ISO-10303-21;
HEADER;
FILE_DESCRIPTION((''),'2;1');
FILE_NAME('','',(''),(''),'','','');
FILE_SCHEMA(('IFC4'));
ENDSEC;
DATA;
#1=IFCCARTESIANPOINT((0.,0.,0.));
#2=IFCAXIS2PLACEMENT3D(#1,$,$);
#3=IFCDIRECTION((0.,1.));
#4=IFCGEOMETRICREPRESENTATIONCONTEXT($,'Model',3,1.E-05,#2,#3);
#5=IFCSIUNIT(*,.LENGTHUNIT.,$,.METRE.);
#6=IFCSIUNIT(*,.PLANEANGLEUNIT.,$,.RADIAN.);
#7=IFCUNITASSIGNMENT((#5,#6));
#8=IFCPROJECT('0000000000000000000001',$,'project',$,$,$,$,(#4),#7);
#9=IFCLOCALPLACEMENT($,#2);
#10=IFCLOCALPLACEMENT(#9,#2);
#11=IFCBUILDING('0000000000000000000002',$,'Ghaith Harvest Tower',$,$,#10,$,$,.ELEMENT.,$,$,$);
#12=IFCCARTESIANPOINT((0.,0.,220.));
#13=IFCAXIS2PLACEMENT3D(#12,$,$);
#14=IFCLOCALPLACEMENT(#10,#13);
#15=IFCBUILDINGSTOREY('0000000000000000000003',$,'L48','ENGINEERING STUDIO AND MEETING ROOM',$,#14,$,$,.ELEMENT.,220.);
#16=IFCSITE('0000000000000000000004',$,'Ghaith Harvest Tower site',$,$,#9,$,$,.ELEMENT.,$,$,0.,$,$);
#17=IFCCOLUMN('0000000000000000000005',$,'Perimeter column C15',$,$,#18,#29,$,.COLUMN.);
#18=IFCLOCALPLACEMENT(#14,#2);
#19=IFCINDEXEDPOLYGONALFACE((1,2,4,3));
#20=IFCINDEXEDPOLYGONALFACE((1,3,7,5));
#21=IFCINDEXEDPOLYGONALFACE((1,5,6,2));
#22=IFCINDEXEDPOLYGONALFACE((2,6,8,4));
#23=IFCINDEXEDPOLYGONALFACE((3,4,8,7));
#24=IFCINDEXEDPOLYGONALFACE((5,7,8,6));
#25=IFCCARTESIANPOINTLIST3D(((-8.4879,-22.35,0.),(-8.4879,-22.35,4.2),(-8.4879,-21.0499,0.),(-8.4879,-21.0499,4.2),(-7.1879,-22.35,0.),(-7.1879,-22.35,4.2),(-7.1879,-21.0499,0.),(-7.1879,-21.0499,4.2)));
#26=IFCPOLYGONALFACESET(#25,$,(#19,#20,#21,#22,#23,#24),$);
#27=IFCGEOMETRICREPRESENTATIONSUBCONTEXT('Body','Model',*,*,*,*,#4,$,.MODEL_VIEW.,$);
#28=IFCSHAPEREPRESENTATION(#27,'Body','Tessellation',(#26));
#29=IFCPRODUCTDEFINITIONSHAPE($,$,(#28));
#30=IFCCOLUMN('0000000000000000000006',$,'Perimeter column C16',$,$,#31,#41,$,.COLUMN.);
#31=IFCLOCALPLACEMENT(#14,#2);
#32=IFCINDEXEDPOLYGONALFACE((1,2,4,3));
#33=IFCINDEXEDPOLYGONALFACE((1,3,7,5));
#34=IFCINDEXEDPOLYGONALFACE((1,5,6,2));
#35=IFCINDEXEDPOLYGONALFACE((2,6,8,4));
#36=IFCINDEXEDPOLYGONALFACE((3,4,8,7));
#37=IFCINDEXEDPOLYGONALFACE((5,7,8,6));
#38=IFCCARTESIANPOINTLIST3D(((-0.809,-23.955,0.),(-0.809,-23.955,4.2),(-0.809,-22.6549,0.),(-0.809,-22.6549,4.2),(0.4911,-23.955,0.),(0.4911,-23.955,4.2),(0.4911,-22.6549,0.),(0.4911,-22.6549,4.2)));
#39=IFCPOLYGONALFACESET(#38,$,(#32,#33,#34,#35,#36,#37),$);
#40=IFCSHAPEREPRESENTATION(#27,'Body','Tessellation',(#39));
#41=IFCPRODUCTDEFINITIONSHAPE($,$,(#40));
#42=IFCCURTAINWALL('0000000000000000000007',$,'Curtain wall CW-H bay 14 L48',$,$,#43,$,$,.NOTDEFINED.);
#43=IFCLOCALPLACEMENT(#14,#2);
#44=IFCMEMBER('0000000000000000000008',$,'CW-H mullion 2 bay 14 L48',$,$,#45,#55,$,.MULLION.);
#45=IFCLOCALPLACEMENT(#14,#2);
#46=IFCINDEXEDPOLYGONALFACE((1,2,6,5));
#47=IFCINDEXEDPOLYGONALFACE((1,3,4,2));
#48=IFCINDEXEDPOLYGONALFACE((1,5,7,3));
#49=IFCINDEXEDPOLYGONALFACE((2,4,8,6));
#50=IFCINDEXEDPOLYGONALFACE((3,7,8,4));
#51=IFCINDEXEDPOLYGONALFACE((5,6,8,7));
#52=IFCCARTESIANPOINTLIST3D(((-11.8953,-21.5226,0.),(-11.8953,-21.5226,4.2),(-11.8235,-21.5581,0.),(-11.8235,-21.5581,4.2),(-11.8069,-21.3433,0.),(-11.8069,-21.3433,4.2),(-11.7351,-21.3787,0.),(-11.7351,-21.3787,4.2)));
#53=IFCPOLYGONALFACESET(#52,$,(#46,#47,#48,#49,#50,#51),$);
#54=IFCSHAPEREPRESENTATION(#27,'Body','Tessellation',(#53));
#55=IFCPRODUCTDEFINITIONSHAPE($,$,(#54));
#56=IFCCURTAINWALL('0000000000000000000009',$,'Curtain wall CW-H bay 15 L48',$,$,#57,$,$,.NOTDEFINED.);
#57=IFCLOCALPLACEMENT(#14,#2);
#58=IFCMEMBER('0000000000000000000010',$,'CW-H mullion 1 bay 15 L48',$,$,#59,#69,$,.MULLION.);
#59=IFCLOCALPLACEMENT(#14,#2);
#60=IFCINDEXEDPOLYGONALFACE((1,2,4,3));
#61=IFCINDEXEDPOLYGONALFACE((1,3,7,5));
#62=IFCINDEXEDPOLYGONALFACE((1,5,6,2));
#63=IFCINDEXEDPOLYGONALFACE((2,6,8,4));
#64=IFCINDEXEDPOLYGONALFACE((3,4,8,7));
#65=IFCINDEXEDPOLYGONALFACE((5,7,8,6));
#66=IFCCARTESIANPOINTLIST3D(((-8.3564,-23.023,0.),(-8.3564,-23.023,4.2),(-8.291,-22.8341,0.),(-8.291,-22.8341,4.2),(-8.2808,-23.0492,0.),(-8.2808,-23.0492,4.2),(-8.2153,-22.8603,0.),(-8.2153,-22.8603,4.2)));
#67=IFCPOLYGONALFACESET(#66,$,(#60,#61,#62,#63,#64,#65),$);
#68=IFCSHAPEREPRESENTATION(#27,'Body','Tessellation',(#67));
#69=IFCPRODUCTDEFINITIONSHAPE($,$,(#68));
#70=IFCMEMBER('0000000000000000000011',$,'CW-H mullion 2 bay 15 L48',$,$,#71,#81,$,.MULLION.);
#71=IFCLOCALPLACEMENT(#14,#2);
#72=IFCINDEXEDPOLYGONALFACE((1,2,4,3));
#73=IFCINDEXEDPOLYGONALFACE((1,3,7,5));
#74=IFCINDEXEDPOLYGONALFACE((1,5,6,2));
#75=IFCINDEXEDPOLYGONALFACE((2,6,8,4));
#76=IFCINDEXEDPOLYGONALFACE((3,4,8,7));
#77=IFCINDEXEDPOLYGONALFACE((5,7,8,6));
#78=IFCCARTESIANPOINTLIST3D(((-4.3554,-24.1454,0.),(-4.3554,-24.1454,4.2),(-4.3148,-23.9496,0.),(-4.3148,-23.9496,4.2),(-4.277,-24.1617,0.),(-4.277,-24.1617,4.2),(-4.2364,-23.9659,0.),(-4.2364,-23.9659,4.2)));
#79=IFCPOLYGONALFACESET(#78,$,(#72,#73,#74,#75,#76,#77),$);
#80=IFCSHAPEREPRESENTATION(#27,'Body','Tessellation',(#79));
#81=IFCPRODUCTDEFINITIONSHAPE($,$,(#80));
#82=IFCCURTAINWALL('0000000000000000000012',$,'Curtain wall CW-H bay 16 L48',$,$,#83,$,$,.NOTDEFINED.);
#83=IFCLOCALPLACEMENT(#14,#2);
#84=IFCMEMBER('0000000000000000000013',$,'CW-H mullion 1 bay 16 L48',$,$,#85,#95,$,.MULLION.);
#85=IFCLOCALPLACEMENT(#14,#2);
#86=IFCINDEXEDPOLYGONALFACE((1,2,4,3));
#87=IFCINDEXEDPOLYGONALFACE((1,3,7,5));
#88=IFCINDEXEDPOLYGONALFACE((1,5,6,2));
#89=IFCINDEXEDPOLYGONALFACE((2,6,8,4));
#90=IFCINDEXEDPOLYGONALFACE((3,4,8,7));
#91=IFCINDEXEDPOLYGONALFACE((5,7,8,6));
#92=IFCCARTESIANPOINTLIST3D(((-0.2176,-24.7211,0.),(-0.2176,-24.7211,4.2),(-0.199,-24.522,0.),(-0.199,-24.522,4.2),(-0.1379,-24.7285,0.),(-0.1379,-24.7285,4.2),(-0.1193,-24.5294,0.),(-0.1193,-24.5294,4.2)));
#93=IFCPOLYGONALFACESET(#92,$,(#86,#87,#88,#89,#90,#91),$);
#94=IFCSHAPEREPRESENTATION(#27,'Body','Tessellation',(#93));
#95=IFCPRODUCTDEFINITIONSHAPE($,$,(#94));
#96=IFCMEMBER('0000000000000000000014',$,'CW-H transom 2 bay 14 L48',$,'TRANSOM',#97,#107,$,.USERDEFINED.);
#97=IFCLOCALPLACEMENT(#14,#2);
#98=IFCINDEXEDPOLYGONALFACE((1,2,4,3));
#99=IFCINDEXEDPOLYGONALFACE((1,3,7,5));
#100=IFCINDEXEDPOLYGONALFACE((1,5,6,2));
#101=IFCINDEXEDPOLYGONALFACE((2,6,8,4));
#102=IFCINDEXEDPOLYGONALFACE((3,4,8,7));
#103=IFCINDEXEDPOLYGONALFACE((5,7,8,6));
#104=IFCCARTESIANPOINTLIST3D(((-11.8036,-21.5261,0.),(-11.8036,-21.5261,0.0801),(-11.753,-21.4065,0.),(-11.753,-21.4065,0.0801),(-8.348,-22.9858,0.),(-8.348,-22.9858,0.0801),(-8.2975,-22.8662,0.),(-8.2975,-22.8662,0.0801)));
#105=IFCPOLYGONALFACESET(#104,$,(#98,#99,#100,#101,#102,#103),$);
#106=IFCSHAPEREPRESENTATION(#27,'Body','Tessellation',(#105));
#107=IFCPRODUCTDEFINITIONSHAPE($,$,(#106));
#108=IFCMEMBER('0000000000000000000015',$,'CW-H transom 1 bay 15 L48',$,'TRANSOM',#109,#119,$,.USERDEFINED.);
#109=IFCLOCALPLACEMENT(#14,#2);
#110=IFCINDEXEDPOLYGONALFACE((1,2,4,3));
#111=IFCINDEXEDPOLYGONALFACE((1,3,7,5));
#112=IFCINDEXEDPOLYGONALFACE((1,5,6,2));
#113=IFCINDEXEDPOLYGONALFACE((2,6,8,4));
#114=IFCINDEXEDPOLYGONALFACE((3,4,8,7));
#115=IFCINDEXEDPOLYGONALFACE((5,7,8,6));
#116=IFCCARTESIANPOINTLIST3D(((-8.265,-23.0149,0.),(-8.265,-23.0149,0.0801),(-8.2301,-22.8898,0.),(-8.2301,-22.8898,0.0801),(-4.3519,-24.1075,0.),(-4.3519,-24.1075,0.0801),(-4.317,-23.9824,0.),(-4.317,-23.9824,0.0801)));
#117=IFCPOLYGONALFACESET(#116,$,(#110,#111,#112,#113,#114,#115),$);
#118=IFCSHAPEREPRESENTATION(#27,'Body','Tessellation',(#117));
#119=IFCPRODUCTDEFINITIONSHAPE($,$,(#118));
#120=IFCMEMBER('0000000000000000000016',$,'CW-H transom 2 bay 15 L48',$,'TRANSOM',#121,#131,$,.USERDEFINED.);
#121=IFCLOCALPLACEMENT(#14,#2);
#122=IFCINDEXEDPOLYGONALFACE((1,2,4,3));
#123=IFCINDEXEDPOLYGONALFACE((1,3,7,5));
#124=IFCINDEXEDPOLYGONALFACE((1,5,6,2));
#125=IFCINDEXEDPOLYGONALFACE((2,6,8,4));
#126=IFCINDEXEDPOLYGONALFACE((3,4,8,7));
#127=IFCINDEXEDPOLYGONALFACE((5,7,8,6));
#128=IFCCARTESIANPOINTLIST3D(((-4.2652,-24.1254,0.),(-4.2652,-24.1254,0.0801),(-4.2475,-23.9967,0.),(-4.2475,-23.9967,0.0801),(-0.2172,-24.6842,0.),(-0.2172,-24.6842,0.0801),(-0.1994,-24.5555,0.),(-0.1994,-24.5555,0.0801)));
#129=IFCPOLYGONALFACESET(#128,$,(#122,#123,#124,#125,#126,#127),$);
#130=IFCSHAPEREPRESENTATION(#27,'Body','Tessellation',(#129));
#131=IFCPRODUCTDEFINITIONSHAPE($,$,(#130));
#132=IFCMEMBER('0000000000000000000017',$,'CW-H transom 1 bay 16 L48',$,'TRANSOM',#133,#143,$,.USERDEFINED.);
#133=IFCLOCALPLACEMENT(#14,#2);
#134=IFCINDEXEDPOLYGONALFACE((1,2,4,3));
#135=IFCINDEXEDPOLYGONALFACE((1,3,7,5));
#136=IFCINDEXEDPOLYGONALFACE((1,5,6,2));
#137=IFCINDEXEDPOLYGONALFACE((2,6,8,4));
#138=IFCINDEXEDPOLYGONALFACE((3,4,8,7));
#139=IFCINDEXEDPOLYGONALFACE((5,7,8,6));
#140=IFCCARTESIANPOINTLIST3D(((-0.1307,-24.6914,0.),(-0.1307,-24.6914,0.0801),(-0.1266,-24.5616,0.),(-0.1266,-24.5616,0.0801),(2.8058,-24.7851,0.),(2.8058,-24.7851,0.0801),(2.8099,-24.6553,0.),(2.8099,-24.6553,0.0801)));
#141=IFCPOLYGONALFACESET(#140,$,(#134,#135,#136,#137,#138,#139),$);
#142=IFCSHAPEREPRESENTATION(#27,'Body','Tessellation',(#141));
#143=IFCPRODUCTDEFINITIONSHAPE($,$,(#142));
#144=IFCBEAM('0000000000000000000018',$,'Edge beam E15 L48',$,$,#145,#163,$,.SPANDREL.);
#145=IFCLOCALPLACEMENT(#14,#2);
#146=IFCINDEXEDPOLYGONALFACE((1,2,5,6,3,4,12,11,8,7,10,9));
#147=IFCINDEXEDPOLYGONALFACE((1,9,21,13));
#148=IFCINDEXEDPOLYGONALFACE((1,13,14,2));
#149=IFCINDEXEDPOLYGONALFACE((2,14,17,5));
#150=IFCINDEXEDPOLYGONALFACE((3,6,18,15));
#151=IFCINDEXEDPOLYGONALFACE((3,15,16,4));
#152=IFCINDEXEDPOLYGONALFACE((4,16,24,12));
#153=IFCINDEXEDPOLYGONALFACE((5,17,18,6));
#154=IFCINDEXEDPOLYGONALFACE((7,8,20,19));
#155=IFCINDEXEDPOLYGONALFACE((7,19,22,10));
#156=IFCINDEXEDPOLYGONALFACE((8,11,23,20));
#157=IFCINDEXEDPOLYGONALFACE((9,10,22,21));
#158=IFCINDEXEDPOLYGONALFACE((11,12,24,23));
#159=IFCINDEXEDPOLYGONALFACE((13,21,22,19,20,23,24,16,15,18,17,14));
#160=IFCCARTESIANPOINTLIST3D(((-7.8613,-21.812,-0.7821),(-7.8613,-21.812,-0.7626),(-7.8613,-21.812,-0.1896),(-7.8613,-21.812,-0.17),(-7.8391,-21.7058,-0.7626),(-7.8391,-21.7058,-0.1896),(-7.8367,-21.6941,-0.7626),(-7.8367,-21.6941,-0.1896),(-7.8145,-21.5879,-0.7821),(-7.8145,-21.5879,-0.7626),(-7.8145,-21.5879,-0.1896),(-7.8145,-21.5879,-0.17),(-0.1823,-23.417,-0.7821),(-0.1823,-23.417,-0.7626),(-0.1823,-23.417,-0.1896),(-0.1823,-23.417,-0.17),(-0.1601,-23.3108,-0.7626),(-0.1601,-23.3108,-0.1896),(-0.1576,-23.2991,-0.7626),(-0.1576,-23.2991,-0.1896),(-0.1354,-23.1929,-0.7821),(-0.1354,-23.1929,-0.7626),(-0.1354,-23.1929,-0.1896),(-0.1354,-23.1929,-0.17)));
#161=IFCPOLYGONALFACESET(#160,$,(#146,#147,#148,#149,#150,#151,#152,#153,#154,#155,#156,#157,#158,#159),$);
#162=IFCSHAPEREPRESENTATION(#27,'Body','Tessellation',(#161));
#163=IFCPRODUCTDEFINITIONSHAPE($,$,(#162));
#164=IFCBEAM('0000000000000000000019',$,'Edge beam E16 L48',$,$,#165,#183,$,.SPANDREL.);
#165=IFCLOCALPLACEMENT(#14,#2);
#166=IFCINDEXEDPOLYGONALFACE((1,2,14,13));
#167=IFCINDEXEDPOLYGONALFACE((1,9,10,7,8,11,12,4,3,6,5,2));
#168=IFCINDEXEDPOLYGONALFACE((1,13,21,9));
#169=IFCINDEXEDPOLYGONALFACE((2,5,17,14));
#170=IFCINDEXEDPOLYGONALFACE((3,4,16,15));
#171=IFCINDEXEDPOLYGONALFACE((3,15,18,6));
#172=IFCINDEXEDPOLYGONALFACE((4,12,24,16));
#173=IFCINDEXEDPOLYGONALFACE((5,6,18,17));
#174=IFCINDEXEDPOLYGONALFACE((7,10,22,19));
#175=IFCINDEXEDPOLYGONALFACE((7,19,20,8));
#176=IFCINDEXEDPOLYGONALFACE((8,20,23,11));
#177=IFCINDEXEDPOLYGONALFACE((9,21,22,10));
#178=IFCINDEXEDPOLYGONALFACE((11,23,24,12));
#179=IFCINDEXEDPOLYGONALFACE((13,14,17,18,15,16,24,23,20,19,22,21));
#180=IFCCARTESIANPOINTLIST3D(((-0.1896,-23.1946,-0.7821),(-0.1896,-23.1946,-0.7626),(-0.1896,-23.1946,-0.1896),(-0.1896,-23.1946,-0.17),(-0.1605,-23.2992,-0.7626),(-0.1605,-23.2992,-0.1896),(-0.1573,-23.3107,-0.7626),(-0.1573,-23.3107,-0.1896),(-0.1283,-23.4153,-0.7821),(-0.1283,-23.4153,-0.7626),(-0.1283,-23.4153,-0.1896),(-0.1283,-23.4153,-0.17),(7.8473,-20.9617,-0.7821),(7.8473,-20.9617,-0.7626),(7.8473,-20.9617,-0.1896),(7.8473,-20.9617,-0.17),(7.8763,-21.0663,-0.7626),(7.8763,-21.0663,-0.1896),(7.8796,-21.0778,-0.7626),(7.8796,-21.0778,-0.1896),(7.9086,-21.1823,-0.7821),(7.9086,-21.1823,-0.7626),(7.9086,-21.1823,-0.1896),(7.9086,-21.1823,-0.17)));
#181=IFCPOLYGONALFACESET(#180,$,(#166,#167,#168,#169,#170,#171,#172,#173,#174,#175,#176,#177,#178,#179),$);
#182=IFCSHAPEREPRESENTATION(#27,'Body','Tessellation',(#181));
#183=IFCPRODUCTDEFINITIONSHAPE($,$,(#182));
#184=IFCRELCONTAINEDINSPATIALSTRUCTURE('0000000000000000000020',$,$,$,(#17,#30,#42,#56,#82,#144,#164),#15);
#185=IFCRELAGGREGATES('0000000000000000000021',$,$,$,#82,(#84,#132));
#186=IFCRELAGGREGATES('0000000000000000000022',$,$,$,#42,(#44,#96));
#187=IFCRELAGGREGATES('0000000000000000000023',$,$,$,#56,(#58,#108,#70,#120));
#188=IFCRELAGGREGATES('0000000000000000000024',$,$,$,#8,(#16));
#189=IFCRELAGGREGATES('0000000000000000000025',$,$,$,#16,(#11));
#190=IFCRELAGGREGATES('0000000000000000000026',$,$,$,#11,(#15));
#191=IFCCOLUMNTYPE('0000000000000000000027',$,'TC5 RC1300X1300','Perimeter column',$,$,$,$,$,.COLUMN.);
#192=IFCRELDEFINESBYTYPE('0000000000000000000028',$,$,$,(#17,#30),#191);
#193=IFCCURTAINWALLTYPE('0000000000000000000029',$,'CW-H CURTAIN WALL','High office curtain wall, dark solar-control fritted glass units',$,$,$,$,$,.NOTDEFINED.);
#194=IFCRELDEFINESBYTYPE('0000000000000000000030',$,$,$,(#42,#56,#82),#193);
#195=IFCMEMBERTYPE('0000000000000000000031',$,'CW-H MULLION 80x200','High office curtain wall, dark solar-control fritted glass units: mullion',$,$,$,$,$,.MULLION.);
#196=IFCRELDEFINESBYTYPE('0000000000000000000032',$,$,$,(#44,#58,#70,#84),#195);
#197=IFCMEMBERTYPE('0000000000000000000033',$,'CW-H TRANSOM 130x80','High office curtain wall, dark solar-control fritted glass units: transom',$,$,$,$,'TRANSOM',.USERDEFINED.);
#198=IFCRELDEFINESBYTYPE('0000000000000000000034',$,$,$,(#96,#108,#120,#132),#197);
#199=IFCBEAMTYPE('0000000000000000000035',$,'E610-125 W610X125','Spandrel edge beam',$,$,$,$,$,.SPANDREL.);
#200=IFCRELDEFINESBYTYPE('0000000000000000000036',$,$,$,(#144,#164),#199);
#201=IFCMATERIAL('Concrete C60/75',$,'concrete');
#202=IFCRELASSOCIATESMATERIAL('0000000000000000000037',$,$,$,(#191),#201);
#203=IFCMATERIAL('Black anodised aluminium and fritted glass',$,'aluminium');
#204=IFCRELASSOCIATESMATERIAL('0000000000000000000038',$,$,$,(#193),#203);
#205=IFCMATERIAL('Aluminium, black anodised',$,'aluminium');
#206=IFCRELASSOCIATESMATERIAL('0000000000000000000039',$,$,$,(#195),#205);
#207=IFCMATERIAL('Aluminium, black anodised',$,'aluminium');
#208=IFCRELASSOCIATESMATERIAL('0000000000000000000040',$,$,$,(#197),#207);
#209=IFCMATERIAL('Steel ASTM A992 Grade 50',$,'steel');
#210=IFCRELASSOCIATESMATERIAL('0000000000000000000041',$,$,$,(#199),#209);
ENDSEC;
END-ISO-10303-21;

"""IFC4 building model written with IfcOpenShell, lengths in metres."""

from ifc_helpers import new_model, si_unit, direction, frame, origin, origin_2d, place, context, subcontext, project, spatial, rectangle, i_section, extrude, material, material_profile, profile_set, type_object, element, aggregate, save


model = new_model("IFC4")

# Units and contexts
model_context = context("Model", 3, precision=1e-05, world=origin(), true_north=direction((0.0, 1.0)))
body_context = subcontext(model_context, "Body", "Model", "MODEL_VIEW")
ifc_project = project(units=[si_unit("LENGTHUNIT", "METRE"), si_unit("PLANEANGLEUNIT", "RADIAN")], contexts=[model_context])

# Site, building, storey
site_placement = place(None, origin())
site = spatial("IfcSite", under=ifc_project, at=site_placement, Name="Ghaith Harvest Tower site", CompositionType="ELEMENT", RefElevation=0.0)
building_placement = place(site_placement, origin())
building = spatial("IfcBuilding", under=site, at=building_placement, Name="Ghaith Harvest Tower", CompositionType="ELEMENT")
storey_placement = place(building_placement, frame((0.0, 0.0, 220.0)))
storey = spatial("IfcBuildingStorey", under=building, at=storey_placement, Name="L48", Description="ENGINEERING STUDIO AND MEETING ROOM", CompositionType="ELEMENT", Elevation=220.0)

# Columns
ifc_material_1 = material(Name="Concrete C60/75", Category="concrete")
ifc_material_profile_1 = material_profile(ifc_material_1, rectangle(XDim=1.3, YDim=1.3, at=origin_2d()), Name="RC1300X1300")
ifc_profile_set_1 = profile_set([ifc_material_profile_1], Name="Concrete C60/75")
column_type = type_object("IfcColumnType", Name="TC5 RC1300X1300", Description="Perimeter column", PredefinedType="COLUMN", material=ifc_profile_set_1)
for number, where, z_axis, x_axis, name in (
    (1, (-7.8379, -21.7, 0.0), (0.0, 0.0, 1.0), (1.0, 0.0, 0.0), "Perimeter column C15"),
    (2, (-0.1589, -23.3049, 0.0), (0.0, 0.0, 1.0), (1.0, 0.0, 0.0), "Perimeter column C16"),
):
    element("IfcColumn", number, at=place(storey_placement, frame(where, z_axis=z_axis, x_axis=x_axis)), inside=storey, type_object=column_type, Name=name, PredefinedType="COLUMN", context=body_context, shape_type="SweptSolid", body=[
        extrude(rectangle(XDim=1.3, YDim=1.3, at=origin_2d()), origin(), (0.0, 0.0, 1.0), 4.2),
    ])

# Curtain wall, member
ifc_material_2 = material(Name="Black anodised aluminium and fritted glass", Category="aluminium")
curtain_wall_type = type_object("IfcCurtainWallType", Name="CW-H CURTAIN WALL", Description="High office curtain wall, dark solar-control fritted glass units", PredefinedType="NOTDEFINED", material=ifc_material_2)
curtain_wall_1_placement = place(storey_placement, origin())
curtain_wall_1 = element("IfcCurtainWall", 3, at=curtain_wall_1_placement, inside=storey, type_object=curtain_wall_type, Name="Curtain wall CW-H bay 14 L48", PredefinedType="NOTDEFINED")
ifc_material_3 = material(Name="Aluminium, black anodised", Category="aluminium")
ifc_material_profile_2 = material_profile(ifc_material_3, rectangle(XDim=0.0801, YDim=0.2, at=origin_2d()), Name="CW-H MULLION 80x200")
ifc_profile_set_2 = profile_set([ifc_material_profile_2], Name="Aluminium, black anodised")
member_type_1 = type_object("IfcMemberType", Name="CW-H MULLION 80x200", Description="High office curtain wall, dark solar-control fritted glass units: mullion", PredefinedType="MULLION", material=ifc_profile_set_2)
member_1_placement = place(storey_placement, frame((-11.8152, -21.4507, 0.0), z_axis=(0.0, 0.0, 1.0), x_axis=(0.896853, -0.442329, 0.0)))
member_1 = element("IfcMember", 4, at=member_1_placement, type_object=member_type_1, Name="CW-H mullion 2 bay 14 L48", PredefinedType="MULLION", context=body_context, shape_type="SweptSolid", body=[
    extrude(rectangle(XDim=0.0801, YDim=0.2, at=origin_2d()), origin(), (0.0, 0.0, 1.0), 4.2),
])

# Curtain wall, members
curtain_wall_2_placement = place(storey_placement, origin())
curtain_wall_2 = element("IfcCurtainWall", 5, at=curtain_wall_2_placement, inside=storey, type_object=curtain_wall_type, Name="Curtain wall CW-H bay 15 L48", PredefinedType="NOTDEFINED")
member_2_placement = place(storey_placement, frame((-8.2859, -22.9417, 0.0), z_axis=(0.0, 0.0, 1.0), x_axis=(0.944906, -0.327342, 0.0)))
member_2 = element("IfcMember", 6, at=member_2_placement, type_object=member_type_1, Name="CW-H mullion 1 bay 15 L48", PredefinedType="MULLION", context=body_context, shape_type="SweptSolid", body=[
    extrude(rectangle(XDim=0.0801, YDim=0.2, at=origin_2d()), origin(), (0.0, 0.0, 1.0), 4.2),
])
member_3_placement = place(storey_placement, frame((-4.2959, -24.0557, 0.0), z_axis=(0.0, 0.0, 1.0), x_axis=(0.979161, -0.203084, 0.0)))
member_3 = element("IfcMember", 7, at=member_3_placement, type_object=member_type_1, Name="CW-H mullion 2 bay 15 L48", PredefinedType="MULLION", context=body_context, shape_type="SweptSolid", body=[
    extrude(rectangle(XDim=0.0801, YDim=0.2, at=origin_2d()), origin(), (0.0, 0.0, 1.0), 4.2),
])

# Curtain wall, member
curtain_wall_3_placement = place(storey_placement, origin())
curtain_wall_3 = element("IfcCurtainWall", 8, at=curtain_wall_3_placement, inside=storey, type_object=curtain_wall_type, Name="Curtain wall CW-H bay 16 L48", PredefinedType="NOTDEFINED")
member_4_placement = place(storey_placement, frame((-0.1685, -24.6252, 0.0), z_axis=(0.0, 0.0, 1.0), x_axis=(0.995685, -0.092802, 0.0)))
member_4 = element("IfcMember", 9, at=member_4_placement, type_object=member_type_1, Name="CW-H mullion 1 bay 16 L48", PredefinedType="MULLION", context=body_context, shape_type="SweptSolid", body=[
    extrude(rectangle(XDim=0.0801, YDim=0.2, at=origin_2d()), origin(), (0.0, 0.0, 1.0), 4.2),
])

# Members
ifc_material_4 = material(Name="Aluminium, black anodised", Category="aluminium")
ifc_material_profile_3 = material_profile(ifc_material_4, rectangle(XDim=0.1299, YDim=0.0801, at=origin_2d()), Name="CW-H TRANSOM 130x80")
ifc_profile_set_3 = profile_set([ifc_material_profile_3], Name="Aluminium, black anodised")
member_type_2 = type_object("IfcMemberType", Name="CW-H TRANSOM 130x80", Description="High office curtain wall, dark solar-control fritted glass units: transom", ElementType="TRANSOM", PredefinedType="USERDEFINED", material=ifc_profile_set_3)
member_5_placement = place(storey_placement, frame((-11.7783, -21.4663, 0.04), z_axis=(0.921183, -0.38913, 0.0), x_axis=(0.38913, 0.921183, 0.0)))
member_5 = element("IfcMember", 10, at=member_5_placement, type_object=member_type_2, Name="CW-H transom 2 bay 14 L48", ObjectType="TRANSOM", PredefinedType="USERDEFINED", context=body_context, shape_type="SweptSolid", body=[
    extrude(rectangle(XDim=0.1299, YDim=0.0801, at=origin_2d()), origin(), (0.0, 0.0, 1.0), 3.7512),
])
member_6_placement = place(storey_placement, frame((-8.2476, -22.9524, 0.04), z_axis=(0.963164, -0.268914, 0.0), x_axis=(0.268914, 0.963164, 0.0)))
member_6 = element("IfcMember", 11, at=member_6_placement, type_object=member_type_2, Name="CW-H transom 1 bay 15 L48", ObjectType="TRANSOM", PredefinedType="USERDEFINED", context=body_context, shape_type="SweptSolid", body=[
    extrude(rectangle(XDim=0.1299, YDim=0.0801, at=origin_2d()), origin(), (0.0, 0.0, 1.0), 4.0627),
])
member_7_placement = place(storey_placement, frame((-4.2563, -24.061, 0.04), z_axis=(0.990605, -0.136753, 0.0), x_axis=(0.136753, 0.990605, 0.0)))
member_7 = element("IfcMember", 12, at=member_7_placement, type_object=member_type_2, Name="CW-H transom 2 bay 15 L48", ObjectType="TRANSOM", PredefinedType="USERDEFINED", context=body_context, shape_type="SweptSolid", body=[
    extrude(rectangle(XDim=0.1299, YDim=0.0801, at=origin_2d()), origin(), (0.0, 0.0, 1.0), 4.0864),
])
member_8_placement = place(storey_placement, frame((-0.1287, -24.6265, 0.04), z_axis=(0.999491, -0.031909, 0.0), x_axis=(0.031909, 0.999491, 0.0)))
member_8 = element("IfcMember", 13, at=member_8_placement, type_object=member_type_2, Name="CW-H transom 1 bay 16 L48", ObjectType="TRANSOM", PredefinedType="USERDEFINED", context=body_context, shape_type="SweptSolid", body=[
    extrude(rectangle(XDim=0.1299, YDim=0.0801, at=origin_2d()), origin(), (0.0, 0.0, 1.0), 2.938),
])
aggregate(curtain_wall_3, [member_4, member_8])

# Beams
ifc_material_5 = material(Name="Steel ASTM A992 Grade 50", Category="steel")
ifc_material_profile_4 = material_profile(ifc_material_5, i_section(OverallWidth=0.229, OverallDepth=0.6121, WebThickness=0.012, FlangeThickness=0.0195, at=origin_2d()), Name="W610X125")
ifc_profile_set_4 = profile_set([ifc_material_profile_4], Name="Steel ASTM A992 Grade 50")
beam_type_1 = type_object("IfcBeamType", Name="E610-125 W610X125", Description="Spandrel edge beam", PredefinedType="SPANDREL", material=ifc_profile_set_4)
beam_1_placement = place(storey_placement, frame((-7.8379, -21.7, -0.4761), z_axis=(0.978848, -0.204589, 0.0), x_axis=(0.204589, 0.978848, 0.0)))
element("IfcBeam", 14, at=beam_1_placement, inside=storey, type_object=beam_type_1, Name="Edge beam E15 L48", PredefinedType="SPANDREL", context=body_context, shape_type="SweptSolid", body=[
    extrude(i_section(OverallWidth=0.229, OverallDepth=0.6121, WebThickness=0.012, FlangeThickness=0.0195, at=origin_2d()), origin(), (0.0, 0.0, 1.0), 7.845),
])
beam_2_placement = place(storey_placement, frame((-0.1589, -23.3049, -0.4761), z_axis=(0.963504, 0.267694, 0.0), x_axis=(-0.267694, 0.963504, 0.0)))
element("IfcBeam", 15, at=beam_2_placement, inside=storey, type_object=beam_type_1, Name="Edge beam E16 L48", PredefinedType="SPANDREL", context=body_context, shape_type="SweptSolid", body=[
    extrude(i_section(OverallWidth=0.229, OverallDepth=0.6121, WebThickness=0.012, FlangeThickness=0.0195, at=origin_2d()), origin(), (0.0, 0.0, 1.0), 8.3413),
])

aggregate(curtain_wall_1, [member_1, member_5])
aggregate(curtain_wall_2, [member_2, member_6, member_3, member_7])

save(model, "model.ifc")
